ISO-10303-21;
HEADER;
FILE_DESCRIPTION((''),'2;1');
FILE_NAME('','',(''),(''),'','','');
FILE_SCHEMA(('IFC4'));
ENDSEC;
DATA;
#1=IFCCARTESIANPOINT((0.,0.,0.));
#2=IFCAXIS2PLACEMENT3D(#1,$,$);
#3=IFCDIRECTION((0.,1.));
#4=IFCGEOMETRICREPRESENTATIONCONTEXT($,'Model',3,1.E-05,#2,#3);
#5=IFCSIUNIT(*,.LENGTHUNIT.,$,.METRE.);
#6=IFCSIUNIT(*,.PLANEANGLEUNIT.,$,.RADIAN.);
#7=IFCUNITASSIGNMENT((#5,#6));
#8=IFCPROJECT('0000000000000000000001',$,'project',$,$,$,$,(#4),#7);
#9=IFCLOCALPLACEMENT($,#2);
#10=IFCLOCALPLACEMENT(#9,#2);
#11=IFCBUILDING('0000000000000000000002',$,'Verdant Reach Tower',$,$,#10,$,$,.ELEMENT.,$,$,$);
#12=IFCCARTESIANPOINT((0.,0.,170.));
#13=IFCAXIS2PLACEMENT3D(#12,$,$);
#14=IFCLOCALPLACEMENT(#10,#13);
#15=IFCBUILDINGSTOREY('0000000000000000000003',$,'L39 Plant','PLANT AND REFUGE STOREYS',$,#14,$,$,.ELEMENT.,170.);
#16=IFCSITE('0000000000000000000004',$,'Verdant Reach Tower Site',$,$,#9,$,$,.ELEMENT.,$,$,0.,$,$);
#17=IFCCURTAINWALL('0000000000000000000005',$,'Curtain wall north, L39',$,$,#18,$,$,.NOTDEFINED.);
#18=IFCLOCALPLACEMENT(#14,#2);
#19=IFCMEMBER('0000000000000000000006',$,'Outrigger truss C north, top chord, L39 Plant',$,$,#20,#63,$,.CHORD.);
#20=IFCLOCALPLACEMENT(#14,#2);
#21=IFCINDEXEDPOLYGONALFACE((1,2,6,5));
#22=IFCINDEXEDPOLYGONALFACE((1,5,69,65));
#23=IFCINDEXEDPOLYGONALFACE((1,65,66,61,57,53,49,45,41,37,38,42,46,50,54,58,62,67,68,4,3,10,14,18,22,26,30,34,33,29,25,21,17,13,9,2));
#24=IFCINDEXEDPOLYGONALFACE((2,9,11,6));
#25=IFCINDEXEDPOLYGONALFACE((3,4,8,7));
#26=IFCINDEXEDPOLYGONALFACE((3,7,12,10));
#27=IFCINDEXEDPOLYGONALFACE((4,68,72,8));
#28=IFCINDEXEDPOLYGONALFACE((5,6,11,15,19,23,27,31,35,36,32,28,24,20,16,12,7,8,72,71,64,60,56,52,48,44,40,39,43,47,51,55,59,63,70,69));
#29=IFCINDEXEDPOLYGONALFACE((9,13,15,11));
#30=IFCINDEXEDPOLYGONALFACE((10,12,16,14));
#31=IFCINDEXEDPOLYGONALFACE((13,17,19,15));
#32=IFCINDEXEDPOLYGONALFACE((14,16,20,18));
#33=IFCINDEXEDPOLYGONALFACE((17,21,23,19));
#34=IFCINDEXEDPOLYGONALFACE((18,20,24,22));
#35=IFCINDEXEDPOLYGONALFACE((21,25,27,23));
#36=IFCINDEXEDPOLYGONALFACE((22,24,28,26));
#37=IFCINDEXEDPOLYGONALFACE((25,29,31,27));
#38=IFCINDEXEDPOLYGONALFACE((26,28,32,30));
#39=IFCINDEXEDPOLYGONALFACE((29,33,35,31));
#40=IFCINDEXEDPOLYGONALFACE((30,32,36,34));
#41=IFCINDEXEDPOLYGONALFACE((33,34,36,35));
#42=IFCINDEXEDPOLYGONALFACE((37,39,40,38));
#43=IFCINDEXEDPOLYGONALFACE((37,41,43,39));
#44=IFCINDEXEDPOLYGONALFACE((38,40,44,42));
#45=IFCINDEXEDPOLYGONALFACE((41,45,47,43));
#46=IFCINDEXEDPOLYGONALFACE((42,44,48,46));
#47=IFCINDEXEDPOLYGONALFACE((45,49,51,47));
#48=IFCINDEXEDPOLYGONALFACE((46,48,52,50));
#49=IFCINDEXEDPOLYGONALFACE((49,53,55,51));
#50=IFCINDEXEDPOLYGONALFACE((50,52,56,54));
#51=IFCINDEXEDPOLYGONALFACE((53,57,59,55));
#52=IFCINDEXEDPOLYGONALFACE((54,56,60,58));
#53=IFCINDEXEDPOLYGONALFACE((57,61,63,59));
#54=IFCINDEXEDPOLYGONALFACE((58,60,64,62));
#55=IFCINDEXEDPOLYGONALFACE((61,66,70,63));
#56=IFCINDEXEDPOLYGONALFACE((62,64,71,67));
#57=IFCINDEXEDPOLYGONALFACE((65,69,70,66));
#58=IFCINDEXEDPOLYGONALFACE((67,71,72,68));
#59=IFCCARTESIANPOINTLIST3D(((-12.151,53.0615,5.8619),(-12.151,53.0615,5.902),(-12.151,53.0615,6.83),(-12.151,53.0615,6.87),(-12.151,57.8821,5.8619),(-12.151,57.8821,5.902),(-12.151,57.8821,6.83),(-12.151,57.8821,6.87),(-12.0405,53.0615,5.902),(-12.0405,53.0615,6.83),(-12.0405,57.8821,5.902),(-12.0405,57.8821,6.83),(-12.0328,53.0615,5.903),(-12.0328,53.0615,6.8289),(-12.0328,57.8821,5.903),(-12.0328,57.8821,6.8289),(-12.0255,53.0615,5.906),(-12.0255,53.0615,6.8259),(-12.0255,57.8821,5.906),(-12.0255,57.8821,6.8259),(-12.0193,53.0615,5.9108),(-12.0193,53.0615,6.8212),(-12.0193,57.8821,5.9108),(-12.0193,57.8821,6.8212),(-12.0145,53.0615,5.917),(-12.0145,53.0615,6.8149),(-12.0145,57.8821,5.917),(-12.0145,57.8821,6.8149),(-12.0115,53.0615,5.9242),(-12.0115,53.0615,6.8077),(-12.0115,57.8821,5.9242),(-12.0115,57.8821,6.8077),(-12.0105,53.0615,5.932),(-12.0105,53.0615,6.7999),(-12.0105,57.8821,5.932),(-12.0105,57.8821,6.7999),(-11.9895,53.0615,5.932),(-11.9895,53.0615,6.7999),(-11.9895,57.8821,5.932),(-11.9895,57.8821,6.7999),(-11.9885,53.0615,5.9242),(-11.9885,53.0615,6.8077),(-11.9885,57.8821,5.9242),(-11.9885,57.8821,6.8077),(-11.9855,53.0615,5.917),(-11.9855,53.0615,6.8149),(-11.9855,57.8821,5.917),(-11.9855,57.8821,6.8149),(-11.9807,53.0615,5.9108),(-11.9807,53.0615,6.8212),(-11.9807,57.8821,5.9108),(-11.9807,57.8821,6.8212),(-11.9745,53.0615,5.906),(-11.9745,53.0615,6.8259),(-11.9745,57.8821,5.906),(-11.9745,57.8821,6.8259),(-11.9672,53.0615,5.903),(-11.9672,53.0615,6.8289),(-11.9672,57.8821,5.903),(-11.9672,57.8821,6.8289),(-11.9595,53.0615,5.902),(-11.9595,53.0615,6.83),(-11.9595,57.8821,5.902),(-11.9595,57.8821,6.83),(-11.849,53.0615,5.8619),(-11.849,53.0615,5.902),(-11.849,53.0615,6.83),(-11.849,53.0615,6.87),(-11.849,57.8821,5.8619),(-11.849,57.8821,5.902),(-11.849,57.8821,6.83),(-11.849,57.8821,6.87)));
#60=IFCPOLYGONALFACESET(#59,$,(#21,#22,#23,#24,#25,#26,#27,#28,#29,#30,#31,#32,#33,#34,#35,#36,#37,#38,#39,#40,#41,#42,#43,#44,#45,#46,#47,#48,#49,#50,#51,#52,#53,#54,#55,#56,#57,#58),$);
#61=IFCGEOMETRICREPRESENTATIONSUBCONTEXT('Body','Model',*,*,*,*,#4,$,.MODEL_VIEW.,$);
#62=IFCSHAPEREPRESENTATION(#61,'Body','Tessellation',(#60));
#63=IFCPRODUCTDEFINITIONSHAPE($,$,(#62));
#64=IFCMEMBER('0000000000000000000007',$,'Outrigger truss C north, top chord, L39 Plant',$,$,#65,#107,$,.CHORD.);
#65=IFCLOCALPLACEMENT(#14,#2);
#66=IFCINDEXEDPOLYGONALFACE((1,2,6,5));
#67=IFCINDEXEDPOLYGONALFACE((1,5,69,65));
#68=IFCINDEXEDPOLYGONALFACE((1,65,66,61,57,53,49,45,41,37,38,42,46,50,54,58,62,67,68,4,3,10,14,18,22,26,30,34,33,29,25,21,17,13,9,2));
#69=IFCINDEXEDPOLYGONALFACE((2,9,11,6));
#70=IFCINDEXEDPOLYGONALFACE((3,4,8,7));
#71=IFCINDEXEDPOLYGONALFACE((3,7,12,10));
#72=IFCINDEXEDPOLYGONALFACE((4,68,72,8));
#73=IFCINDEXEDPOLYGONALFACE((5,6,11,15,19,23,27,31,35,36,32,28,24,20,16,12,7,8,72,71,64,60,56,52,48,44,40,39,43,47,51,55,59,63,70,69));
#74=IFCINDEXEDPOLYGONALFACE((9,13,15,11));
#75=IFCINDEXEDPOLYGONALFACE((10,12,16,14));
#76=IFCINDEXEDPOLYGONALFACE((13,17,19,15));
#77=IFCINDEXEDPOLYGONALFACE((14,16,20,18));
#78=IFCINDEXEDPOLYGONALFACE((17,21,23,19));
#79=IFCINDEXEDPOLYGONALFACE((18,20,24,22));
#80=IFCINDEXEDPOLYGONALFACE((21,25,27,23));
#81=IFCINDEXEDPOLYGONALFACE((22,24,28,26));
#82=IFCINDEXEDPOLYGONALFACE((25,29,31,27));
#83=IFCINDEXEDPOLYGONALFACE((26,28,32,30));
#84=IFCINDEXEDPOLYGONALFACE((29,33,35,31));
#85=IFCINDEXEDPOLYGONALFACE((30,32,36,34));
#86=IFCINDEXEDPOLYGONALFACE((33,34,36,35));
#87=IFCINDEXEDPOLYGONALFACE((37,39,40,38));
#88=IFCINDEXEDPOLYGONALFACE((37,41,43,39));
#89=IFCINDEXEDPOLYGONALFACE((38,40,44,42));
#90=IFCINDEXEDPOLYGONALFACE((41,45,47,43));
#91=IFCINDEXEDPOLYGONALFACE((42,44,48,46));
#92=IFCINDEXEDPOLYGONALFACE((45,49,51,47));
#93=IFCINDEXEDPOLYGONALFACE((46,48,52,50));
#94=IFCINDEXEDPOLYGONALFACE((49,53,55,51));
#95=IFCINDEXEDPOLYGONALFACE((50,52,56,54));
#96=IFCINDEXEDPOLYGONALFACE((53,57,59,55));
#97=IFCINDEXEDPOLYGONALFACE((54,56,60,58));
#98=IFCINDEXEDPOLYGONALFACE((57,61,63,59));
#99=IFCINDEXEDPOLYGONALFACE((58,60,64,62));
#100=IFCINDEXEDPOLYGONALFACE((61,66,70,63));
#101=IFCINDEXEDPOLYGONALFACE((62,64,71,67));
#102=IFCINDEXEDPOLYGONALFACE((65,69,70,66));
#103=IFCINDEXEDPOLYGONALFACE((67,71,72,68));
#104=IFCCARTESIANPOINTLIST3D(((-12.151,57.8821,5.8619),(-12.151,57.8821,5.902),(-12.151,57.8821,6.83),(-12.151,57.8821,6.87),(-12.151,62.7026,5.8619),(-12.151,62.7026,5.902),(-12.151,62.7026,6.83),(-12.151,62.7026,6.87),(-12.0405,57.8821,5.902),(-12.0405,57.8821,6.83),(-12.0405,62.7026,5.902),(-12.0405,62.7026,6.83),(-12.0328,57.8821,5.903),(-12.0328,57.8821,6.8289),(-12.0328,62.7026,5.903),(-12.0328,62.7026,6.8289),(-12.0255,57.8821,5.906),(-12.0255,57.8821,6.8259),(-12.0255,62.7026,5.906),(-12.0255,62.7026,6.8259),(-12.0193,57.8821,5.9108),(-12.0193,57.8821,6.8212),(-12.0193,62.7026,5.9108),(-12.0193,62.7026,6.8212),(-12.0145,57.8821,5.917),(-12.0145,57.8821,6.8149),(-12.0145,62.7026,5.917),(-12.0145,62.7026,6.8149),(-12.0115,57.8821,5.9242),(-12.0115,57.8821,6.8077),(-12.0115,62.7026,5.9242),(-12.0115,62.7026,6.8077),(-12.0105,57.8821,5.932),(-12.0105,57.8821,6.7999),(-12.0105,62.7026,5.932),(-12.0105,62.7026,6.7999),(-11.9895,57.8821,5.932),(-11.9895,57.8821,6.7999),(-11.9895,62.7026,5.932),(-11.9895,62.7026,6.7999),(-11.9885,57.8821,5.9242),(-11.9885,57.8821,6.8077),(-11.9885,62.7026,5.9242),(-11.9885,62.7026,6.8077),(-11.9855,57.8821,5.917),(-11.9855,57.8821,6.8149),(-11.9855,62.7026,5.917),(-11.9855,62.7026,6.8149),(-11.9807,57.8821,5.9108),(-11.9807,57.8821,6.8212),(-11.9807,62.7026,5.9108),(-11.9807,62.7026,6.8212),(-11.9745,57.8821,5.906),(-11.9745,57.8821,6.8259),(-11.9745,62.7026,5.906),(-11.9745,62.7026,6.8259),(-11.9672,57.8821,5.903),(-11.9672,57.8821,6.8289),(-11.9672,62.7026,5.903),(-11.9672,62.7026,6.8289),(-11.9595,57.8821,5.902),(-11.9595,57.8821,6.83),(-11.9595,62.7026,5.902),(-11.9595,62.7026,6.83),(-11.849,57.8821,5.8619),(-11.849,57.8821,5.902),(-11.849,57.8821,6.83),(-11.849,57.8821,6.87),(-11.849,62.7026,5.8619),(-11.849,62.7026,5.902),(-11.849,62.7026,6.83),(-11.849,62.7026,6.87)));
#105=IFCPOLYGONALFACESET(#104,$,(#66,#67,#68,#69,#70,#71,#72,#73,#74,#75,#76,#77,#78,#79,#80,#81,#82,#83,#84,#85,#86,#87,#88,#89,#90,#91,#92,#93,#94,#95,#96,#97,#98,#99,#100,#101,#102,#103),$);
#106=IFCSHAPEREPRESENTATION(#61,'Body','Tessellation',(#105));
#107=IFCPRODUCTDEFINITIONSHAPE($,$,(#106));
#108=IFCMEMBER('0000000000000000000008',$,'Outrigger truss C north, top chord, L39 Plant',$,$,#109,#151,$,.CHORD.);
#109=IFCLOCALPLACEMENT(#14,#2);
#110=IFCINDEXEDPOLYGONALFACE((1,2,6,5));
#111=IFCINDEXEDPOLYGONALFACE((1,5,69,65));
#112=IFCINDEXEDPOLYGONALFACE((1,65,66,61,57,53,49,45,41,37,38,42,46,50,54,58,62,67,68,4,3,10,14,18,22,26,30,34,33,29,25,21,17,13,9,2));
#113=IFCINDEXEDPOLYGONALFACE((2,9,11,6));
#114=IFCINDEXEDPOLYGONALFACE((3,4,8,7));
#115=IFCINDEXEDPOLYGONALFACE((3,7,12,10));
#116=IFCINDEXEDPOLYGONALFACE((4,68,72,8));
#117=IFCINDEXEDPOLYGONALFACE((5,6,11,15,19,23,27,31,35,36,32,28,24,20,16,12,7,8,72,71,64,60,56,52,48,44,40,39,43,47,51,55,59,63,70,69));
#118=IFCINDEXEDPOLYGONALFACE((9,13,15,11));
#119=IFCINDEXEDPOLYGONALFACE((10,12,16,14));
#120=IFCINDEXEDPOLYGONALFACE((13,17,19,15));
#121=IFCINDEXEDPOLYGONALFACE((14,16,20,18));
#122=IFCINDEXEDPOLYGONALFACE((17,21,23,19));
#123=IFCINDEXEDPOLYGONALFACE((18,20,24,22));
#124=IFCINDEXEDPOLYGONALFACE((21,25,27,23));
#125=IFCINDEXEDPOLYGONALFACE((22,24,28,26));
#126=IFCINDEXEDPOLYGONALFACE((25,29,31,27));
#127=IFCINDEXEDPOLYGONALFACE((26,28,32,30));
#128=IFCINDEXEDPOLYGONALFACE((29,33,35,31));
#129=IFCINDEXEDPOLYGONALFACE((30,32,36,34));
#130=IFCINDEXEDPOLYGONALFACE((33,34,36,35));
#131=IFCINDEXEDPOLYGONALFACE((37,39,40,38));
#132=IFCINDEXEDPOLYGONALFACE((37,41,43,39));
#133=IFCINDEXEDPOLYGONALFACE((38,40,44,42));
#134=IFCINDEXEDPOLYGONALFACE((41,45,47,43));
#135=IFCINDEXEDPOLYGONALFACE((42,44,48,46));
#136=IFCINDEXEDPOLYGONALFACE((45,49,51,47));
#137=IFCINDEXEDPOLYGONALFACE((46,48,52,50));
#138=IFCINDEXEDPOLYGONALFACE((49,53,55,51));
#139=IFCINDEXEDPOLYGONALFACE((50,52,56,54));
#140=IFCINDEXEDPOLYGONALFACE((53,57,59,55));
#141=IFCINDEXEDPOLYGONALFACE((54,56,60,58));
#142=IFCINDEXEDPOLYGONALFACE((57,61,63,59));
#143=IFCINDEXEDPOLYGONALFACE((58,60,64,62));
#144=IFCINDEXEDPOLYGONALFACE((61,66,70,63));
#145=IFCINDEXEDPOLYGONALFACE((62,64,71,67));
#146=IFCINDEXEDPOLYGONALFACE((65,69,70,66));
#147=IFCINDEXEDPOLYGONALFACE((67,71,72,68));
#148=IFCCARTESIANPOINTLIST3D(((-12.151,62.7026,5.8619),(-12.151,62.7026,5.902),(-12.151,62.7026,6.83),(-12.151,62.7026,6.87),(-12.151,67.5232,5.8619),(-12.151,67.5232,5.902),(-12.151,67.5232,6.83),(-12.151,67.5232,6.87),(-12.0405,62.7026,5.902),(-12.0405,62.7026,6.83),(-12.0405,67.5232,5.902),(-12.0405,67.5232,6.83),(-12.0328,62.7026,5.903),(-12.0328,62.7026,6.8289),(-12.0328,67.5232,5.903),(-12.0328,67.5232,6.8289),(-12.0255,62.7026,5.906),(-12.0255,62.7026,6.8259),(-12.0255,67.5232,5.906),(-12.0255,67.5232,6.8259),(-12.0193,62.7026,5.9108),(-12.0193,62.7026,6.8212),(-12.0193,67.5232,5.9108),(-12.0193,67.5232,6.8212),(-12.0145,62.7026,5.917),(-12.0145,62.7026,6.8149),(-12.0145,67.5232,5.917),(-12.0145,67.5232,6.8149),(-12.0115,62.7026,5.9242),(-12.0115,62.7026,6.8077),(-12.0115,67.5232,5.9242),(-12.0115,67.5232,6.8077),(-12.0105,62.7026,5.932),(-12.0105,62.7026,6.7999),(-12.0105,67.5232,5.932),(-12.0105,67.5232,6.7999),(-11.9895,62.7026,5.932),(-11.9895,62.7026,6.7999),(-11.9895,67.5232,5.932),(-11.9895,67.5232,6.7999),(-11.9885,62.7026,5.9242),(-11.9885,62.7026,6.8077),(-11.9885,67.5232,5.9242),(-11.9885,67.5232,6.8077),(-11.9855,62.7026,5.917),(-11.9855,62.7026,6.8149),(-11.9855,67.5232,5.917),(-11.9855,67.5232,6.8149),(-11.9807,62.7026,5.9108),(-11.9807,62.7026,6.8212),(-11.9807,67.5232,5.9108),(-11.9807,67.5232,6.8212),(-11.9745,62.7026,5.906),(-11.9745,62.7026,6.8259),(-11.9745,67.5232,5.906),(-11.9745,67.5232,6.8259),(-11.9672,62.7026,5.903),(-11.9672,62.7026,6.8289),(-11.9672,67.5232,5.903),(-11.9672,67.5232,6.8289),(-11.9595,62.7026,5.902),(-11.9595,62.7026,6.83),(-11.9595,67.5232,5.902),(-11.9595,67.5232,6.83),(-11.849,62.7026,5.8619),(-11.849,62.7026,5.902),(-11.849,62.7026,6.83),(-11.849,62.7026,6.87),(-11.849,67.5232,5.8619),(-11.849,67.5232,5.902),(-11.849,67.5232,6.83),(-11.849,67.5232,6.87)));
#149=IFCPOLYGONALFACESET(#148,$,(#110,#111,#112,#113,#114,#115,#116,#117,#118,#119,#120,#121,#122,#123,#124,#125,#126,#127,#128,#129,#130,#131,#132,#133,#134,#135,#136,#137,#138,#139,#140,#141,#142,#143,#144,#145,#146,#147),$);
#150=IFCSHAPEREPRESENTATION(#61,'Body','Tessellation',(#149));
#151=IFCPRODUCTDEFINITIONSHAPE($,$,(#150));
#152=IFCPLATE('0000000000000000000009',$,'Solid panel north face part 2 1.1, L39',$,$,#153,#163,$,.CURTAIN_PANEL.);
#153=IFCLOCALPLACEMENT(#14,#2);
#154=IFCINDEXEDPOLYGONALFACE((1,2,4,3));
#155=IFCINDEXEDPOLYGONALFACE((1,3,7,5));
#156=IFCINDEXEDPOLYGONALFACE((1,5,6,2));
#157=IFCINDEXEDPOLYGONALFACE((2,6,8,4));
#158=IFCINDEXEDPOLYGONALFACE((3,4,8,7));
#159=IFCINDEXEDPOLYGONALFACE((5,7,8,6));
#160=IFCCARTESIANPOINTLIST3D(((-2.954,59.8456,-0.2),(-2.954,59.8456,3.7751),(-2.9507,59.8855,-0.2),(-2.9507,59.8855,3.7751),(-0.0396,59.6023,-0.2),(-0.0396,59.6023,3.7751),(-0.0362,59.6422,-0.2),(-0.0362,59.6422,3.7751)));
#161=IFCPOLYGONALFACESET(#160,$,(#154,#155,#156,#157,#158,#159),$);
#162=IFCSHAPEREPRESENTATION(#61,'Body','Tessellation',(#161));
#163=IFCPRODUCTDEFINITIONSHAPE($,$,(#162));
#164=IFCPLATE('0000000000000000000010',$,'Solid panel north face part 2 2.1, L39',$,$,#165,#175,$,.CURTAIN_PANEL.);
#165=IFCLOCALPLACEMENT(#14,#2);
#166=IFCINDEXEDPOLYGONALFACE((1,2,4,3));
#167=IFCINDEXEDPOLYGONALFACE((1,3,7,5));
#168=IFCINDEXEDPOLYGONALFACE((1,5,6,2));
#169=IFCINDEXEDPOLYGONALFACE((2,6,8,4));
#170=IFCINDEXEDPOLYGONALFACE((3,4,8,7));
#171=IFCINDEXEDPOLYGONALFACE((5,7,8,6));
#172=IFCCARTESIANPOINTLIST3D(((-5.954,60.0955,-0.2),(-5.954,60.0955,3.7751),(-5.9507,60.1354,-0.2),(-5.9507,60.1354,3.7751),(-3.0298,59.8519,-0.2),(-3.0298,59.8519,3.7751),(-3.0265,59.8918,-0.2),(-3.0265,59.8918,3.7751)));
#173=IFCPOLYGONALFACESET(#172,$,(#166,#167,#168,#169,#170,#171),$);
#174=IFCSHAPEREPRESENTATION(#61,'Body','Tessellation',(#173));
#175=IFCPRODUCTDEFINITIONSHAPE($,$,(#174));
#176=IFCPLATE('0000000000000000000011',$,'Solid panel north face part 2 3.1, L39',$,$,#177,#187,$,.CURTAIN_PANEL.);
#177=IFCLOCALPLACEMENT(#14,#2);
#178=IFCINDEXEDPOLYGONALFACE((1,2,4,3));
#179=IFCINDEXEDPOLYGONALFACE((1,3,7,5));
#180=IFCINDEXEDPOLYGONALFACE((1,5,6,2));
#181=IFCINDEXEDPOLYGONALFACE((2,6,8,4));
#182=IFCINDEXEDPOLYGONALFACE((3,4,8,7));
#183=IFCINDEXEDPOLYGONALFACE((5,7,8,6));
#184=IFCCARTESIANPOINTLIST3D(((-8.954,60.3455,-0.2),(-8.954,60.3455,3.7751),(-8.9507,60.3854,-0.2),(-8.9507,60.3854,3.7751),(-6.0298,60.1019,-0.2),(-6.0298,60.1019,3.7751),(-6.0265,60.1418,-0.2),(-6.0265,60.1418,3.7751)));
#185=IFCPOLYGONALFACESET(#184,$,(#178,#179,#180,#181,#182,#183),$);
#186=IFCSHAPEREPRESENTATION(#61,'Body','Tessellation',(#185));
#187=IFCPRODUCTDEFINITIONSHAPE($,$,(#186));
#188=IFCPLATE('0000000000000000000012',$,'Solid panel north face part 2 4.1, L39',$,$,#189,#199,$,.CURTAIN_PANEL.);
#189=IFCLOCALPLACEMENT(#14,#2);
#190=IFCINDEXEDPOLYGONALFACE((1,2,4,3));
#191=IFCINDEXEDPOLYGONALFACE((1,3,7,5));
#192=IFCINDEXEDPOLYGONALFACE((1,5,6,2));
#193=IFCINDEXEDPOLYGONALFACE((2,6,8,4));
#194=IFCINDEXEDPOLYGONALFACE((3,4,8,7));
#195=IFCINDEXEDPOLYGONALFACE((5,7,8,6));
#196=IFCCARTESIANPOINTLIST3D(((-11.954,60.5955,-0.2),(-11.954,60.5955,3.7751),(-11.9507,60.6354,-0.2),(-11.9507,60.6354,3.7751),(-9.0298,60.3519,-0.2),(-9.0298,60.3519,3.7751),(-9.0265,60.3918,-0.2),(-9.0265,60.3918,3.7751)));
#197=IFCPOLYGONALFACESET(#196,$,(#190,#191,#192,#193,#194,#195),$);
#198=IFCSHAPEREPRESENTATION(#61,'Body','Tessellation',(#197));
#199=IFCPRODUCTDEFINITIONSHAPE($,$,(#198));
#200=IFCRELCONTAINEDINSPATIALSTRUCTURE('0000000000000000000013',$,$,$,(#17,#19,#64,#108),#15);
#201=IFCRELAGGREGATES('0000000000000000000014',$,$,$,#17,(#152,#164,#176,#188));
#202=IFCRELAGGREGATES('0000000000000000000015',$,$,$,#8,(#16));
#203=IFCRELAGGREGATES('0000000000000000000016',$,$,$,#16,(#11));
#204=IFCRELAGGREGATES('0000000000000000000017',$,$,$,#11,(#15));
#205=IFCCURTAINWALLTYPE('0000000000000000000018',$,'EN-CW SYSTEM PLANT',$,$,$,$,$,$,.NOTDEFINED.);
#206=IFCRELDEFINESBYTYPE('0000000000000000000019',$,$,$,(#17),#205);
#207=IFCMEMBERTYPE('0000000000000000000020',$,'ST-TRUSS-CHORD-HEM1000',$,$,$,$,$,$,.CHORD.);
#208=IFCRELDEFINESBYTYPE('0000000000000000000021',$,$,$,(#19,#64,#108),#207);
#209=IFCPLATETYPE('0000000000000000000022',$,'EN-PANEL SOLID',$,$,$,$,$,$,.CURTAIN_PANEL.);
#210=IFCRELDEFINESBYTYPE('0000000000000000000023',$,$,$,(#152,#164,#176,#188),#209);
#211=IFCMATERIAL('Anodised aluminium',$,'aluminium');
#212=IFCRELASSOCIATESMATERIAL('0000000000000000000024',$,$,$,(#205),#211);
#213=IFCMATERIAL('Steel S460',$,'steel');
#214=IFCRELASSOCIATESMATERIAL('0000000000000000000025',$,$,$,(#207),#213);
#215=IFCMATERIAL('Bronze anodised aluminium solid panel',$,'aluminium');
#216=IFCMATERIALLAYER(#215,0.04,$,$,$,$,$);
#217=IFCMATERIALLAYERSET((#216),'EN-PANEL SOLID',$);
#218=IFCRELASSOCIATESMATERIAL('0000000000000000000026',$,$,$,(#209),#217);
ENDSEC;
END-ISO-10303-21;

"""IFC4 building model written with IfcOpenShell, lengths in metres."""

from ifc_helpers import new_model, si_unit, direction, frame, origin, origin_2d, place, context, subcontext, project, spatial, rectangle, i_section, extrude, material, layer, layer_set, material_profile, profile_set, type_object, element, aggregate, save


model = new_model("IFC4")

# Units and contexts
model_context = context("Model", 3, precision=1e-05, world=origin(), true_north=direction((0.0, 1.0)))
body_context = subcontext(model_context, "Body", "Model", "MODEL_VIEW")
ifc_project = project(units=[si_unit("LENGTHUNIT", "METRE"), si_unit("PLANEANGLEUNIT", "RADIAN")], contexts=[model_context])

# Site, building, storey
site_placement = place(None, origin())
site = spatial("IfcSite", under=ifc_project, at=site_placement, Name="Verdant Reach Tower Site", CompositionType="ELEMENT", RefElevation=0.0)
building_placement = place(site_placement, origin())
building = spatial("IfcBuilding", under=site, at=building_placement, Name="Verdant Reach Tower", CompositionType="ELEMENT")
storey_placement = place(building_placement, frame((0.0, 0.0, 170.0)))
storey = spatial("IfcBuildingStorey", under=building, at=storey_placement, Name="L39 Plant", Description="PLANT AND REFUGE STOREYS", CompositionType="ELEMENT", Elevation=170.0)

# Shared definitions
ifc_material_1 = material(Name="Steel S460", Category="steel")

# Curtain wall
ifc_material_2 = material(Name="Anodised aluminium", Category="aluminium")
curtain_wall_type = type_object("IfcCurtainWallType", Name="EN-CW SYSTEM PLANT", PredefinedType="NOTDEFINED", material=ifc_material_2)
curtain_wall_placement = place(storey_placement, origin())
curtain_wall = element("IfcCurtainWall", 1, at=curtain_wall_placement, inside=storey, type_object=curtain_wall_type, Name="Curtain wall north, L39", PredefinedType="NOTDEFINED")

# Members
ifc_material_profile_1 = material_profile(ifc_material_1, i_section(OverallWidth=0.302, OverallDepth=1.0081, WebThickness=0.021, FlangeThickness=0.04, FilletRadius=0.03, at=origin_2d()), Name="HEM 1000")
ifc_profile_set_1 = profile_set([ifc_material_profile_1], Name="Steel S460")
member_type_1 = type_object("IfcMemberType", Name="ST-TRUSS-CHORD-HEM1000", PredefinedType="CHORD", material=ifc_profile_set_1)
for number, where, z_axis, x_axis, name in (
    (2, (-12.0, 53.0615, 6.366), (0.0, 1.0, 0.0), (-1.0, 0.0, 0.0), "Outrigger truss C north, top chord, L39 Plant"),
    (3, (-12.0, 57.8821, 6.366), (0.0, 1.0, 0.0), (-1.0, 0.0, 0.0), "Outrigger truss C north, top chord, L39 Plant"),
    (4, (-12.0, 62.7026, 6.366), (0.0, 1.0, 0.0), (-1.0, 0.0, 0.0), "Outrigger truss C north, top chord, L39 Plant"),
):
    element("IfcMember", number, at=place(storey_placement, frame(where, z_axis=z_axis, x_axis=x_axis)), inside=storey, type_object=member_type_1, Name=name, PredefinedType="CHORD", context=body_context, shape_type="SweptSolid", body=[
        extrude(i_section(OverallWidth=0.302, OverallDepth=1.0081, WebThickness=0.021, FlangeThickness=0.04, FilletRadius=0.03, at=origin_2d()), origin(), (0.0, 0.0, 1.0), 4.8206),
    ])

# Plates
ifc_material_3 = material(Name="Bronze anodised aluminium solid panel", Category="aluminium")
ifc_layer_1 = layer(ifc_material_3, 0.04)
ifc_layer_set_1 = layer_set([ifc_layer_1], Name="EN-PANEL SOLID")
plate_type_1 = type_object("IfcPlateType", Name="EN-PANEL SOLID", PredefinedType="CURTAIN_PANEL", material=ifc_layer_set_1)
plate_1_placement = place(storey_placement, frame((-1.4951, 59.7439, -0.2), z_axis=(0.0, 0.0, 1.0), x_axis=(-0.996534, 0.083182, 0.0)))
plate_1 = element("IfcPlate", 5, at=plate_1_placement, type_object=plate_type_1, Name="Solid panel north face part 2 1.1, L39", PredefinedType="CURTAIN_PANEL", context=body_context, shape_type="SweptSolid", body=[
    extrude(rectangle(XDim=2.9246, YDim=0.04, at=origin_2d()), origin(), (0.0, 0.0, 1.0), 3.9751),
])
plate_2_placement = place(storey_placement, frame((-4.4902, 59.9937, -0.2), z_axis=(0.0, 0.0, 1.0), x_axis=(-0.996546, 0.083045, 0.0)))
plate_2 = element("IfcPlate", 6, at=plate_2_placement, type_object=plate_type_1, Name="Solid panel north face part 2 2.1, L39", PredefinedType="CURTAIN_PANEL", context=body_context, shape_type="SweptSolid", body=[
    extrude(rectangle(XDim=2.9343, YDim=0.04, at=origin_2d()), origin(), (0.0, 0.0, 1.0), 3.9751),
])
plate_3_placement = place(storey_placement, frame((-7.4902, 60.2437, -0.2), z_axis=(0.0, 0.0, 1.0), x_axis=(-0.996546, 0.083045, 0.0)))
plate_3 = element("IfcPlate", 7, at=plate_3_placement, type_object=plate_type_1, Name="Solid panel north face part 2 3.1, L39", PredefinedType="CURTAIN_PANEL", context=body_context, shape_type="SweptSolid", body=[
    extrude(rectangle(XDim=2.9343, YDim=0.04, at=origin_2d()), origin(), (0.0, 0.0, 1.0), 3.9751),
])
plate_4_placement = place(storey_placement, frame((-10.4902, 60.4937, -0.2), z_axis=(0.0, 0.0, 1.0), x_axis=(-0.996546, 0.083045, 0.0)))
plate_4 = element("IfcPlate", 8, at=plate_4_placement, type_object=plate_type_1, Name="Solid panel north face part 2 4.1, L39", PredefinedType="CURTAIN_PANEL", context=body_context, shape_type="SweptSolid", body=[
    extrude(rectangle(XDim=2.9343, YDim=0.04, at=origin_2d()), origin(), (0.0, 0.0, 1.0), 3.9751),
])

aggregate(curtain_wall, [plate_1, plate_2, plate_3, plate_4])

save(model, "model.ifc")
